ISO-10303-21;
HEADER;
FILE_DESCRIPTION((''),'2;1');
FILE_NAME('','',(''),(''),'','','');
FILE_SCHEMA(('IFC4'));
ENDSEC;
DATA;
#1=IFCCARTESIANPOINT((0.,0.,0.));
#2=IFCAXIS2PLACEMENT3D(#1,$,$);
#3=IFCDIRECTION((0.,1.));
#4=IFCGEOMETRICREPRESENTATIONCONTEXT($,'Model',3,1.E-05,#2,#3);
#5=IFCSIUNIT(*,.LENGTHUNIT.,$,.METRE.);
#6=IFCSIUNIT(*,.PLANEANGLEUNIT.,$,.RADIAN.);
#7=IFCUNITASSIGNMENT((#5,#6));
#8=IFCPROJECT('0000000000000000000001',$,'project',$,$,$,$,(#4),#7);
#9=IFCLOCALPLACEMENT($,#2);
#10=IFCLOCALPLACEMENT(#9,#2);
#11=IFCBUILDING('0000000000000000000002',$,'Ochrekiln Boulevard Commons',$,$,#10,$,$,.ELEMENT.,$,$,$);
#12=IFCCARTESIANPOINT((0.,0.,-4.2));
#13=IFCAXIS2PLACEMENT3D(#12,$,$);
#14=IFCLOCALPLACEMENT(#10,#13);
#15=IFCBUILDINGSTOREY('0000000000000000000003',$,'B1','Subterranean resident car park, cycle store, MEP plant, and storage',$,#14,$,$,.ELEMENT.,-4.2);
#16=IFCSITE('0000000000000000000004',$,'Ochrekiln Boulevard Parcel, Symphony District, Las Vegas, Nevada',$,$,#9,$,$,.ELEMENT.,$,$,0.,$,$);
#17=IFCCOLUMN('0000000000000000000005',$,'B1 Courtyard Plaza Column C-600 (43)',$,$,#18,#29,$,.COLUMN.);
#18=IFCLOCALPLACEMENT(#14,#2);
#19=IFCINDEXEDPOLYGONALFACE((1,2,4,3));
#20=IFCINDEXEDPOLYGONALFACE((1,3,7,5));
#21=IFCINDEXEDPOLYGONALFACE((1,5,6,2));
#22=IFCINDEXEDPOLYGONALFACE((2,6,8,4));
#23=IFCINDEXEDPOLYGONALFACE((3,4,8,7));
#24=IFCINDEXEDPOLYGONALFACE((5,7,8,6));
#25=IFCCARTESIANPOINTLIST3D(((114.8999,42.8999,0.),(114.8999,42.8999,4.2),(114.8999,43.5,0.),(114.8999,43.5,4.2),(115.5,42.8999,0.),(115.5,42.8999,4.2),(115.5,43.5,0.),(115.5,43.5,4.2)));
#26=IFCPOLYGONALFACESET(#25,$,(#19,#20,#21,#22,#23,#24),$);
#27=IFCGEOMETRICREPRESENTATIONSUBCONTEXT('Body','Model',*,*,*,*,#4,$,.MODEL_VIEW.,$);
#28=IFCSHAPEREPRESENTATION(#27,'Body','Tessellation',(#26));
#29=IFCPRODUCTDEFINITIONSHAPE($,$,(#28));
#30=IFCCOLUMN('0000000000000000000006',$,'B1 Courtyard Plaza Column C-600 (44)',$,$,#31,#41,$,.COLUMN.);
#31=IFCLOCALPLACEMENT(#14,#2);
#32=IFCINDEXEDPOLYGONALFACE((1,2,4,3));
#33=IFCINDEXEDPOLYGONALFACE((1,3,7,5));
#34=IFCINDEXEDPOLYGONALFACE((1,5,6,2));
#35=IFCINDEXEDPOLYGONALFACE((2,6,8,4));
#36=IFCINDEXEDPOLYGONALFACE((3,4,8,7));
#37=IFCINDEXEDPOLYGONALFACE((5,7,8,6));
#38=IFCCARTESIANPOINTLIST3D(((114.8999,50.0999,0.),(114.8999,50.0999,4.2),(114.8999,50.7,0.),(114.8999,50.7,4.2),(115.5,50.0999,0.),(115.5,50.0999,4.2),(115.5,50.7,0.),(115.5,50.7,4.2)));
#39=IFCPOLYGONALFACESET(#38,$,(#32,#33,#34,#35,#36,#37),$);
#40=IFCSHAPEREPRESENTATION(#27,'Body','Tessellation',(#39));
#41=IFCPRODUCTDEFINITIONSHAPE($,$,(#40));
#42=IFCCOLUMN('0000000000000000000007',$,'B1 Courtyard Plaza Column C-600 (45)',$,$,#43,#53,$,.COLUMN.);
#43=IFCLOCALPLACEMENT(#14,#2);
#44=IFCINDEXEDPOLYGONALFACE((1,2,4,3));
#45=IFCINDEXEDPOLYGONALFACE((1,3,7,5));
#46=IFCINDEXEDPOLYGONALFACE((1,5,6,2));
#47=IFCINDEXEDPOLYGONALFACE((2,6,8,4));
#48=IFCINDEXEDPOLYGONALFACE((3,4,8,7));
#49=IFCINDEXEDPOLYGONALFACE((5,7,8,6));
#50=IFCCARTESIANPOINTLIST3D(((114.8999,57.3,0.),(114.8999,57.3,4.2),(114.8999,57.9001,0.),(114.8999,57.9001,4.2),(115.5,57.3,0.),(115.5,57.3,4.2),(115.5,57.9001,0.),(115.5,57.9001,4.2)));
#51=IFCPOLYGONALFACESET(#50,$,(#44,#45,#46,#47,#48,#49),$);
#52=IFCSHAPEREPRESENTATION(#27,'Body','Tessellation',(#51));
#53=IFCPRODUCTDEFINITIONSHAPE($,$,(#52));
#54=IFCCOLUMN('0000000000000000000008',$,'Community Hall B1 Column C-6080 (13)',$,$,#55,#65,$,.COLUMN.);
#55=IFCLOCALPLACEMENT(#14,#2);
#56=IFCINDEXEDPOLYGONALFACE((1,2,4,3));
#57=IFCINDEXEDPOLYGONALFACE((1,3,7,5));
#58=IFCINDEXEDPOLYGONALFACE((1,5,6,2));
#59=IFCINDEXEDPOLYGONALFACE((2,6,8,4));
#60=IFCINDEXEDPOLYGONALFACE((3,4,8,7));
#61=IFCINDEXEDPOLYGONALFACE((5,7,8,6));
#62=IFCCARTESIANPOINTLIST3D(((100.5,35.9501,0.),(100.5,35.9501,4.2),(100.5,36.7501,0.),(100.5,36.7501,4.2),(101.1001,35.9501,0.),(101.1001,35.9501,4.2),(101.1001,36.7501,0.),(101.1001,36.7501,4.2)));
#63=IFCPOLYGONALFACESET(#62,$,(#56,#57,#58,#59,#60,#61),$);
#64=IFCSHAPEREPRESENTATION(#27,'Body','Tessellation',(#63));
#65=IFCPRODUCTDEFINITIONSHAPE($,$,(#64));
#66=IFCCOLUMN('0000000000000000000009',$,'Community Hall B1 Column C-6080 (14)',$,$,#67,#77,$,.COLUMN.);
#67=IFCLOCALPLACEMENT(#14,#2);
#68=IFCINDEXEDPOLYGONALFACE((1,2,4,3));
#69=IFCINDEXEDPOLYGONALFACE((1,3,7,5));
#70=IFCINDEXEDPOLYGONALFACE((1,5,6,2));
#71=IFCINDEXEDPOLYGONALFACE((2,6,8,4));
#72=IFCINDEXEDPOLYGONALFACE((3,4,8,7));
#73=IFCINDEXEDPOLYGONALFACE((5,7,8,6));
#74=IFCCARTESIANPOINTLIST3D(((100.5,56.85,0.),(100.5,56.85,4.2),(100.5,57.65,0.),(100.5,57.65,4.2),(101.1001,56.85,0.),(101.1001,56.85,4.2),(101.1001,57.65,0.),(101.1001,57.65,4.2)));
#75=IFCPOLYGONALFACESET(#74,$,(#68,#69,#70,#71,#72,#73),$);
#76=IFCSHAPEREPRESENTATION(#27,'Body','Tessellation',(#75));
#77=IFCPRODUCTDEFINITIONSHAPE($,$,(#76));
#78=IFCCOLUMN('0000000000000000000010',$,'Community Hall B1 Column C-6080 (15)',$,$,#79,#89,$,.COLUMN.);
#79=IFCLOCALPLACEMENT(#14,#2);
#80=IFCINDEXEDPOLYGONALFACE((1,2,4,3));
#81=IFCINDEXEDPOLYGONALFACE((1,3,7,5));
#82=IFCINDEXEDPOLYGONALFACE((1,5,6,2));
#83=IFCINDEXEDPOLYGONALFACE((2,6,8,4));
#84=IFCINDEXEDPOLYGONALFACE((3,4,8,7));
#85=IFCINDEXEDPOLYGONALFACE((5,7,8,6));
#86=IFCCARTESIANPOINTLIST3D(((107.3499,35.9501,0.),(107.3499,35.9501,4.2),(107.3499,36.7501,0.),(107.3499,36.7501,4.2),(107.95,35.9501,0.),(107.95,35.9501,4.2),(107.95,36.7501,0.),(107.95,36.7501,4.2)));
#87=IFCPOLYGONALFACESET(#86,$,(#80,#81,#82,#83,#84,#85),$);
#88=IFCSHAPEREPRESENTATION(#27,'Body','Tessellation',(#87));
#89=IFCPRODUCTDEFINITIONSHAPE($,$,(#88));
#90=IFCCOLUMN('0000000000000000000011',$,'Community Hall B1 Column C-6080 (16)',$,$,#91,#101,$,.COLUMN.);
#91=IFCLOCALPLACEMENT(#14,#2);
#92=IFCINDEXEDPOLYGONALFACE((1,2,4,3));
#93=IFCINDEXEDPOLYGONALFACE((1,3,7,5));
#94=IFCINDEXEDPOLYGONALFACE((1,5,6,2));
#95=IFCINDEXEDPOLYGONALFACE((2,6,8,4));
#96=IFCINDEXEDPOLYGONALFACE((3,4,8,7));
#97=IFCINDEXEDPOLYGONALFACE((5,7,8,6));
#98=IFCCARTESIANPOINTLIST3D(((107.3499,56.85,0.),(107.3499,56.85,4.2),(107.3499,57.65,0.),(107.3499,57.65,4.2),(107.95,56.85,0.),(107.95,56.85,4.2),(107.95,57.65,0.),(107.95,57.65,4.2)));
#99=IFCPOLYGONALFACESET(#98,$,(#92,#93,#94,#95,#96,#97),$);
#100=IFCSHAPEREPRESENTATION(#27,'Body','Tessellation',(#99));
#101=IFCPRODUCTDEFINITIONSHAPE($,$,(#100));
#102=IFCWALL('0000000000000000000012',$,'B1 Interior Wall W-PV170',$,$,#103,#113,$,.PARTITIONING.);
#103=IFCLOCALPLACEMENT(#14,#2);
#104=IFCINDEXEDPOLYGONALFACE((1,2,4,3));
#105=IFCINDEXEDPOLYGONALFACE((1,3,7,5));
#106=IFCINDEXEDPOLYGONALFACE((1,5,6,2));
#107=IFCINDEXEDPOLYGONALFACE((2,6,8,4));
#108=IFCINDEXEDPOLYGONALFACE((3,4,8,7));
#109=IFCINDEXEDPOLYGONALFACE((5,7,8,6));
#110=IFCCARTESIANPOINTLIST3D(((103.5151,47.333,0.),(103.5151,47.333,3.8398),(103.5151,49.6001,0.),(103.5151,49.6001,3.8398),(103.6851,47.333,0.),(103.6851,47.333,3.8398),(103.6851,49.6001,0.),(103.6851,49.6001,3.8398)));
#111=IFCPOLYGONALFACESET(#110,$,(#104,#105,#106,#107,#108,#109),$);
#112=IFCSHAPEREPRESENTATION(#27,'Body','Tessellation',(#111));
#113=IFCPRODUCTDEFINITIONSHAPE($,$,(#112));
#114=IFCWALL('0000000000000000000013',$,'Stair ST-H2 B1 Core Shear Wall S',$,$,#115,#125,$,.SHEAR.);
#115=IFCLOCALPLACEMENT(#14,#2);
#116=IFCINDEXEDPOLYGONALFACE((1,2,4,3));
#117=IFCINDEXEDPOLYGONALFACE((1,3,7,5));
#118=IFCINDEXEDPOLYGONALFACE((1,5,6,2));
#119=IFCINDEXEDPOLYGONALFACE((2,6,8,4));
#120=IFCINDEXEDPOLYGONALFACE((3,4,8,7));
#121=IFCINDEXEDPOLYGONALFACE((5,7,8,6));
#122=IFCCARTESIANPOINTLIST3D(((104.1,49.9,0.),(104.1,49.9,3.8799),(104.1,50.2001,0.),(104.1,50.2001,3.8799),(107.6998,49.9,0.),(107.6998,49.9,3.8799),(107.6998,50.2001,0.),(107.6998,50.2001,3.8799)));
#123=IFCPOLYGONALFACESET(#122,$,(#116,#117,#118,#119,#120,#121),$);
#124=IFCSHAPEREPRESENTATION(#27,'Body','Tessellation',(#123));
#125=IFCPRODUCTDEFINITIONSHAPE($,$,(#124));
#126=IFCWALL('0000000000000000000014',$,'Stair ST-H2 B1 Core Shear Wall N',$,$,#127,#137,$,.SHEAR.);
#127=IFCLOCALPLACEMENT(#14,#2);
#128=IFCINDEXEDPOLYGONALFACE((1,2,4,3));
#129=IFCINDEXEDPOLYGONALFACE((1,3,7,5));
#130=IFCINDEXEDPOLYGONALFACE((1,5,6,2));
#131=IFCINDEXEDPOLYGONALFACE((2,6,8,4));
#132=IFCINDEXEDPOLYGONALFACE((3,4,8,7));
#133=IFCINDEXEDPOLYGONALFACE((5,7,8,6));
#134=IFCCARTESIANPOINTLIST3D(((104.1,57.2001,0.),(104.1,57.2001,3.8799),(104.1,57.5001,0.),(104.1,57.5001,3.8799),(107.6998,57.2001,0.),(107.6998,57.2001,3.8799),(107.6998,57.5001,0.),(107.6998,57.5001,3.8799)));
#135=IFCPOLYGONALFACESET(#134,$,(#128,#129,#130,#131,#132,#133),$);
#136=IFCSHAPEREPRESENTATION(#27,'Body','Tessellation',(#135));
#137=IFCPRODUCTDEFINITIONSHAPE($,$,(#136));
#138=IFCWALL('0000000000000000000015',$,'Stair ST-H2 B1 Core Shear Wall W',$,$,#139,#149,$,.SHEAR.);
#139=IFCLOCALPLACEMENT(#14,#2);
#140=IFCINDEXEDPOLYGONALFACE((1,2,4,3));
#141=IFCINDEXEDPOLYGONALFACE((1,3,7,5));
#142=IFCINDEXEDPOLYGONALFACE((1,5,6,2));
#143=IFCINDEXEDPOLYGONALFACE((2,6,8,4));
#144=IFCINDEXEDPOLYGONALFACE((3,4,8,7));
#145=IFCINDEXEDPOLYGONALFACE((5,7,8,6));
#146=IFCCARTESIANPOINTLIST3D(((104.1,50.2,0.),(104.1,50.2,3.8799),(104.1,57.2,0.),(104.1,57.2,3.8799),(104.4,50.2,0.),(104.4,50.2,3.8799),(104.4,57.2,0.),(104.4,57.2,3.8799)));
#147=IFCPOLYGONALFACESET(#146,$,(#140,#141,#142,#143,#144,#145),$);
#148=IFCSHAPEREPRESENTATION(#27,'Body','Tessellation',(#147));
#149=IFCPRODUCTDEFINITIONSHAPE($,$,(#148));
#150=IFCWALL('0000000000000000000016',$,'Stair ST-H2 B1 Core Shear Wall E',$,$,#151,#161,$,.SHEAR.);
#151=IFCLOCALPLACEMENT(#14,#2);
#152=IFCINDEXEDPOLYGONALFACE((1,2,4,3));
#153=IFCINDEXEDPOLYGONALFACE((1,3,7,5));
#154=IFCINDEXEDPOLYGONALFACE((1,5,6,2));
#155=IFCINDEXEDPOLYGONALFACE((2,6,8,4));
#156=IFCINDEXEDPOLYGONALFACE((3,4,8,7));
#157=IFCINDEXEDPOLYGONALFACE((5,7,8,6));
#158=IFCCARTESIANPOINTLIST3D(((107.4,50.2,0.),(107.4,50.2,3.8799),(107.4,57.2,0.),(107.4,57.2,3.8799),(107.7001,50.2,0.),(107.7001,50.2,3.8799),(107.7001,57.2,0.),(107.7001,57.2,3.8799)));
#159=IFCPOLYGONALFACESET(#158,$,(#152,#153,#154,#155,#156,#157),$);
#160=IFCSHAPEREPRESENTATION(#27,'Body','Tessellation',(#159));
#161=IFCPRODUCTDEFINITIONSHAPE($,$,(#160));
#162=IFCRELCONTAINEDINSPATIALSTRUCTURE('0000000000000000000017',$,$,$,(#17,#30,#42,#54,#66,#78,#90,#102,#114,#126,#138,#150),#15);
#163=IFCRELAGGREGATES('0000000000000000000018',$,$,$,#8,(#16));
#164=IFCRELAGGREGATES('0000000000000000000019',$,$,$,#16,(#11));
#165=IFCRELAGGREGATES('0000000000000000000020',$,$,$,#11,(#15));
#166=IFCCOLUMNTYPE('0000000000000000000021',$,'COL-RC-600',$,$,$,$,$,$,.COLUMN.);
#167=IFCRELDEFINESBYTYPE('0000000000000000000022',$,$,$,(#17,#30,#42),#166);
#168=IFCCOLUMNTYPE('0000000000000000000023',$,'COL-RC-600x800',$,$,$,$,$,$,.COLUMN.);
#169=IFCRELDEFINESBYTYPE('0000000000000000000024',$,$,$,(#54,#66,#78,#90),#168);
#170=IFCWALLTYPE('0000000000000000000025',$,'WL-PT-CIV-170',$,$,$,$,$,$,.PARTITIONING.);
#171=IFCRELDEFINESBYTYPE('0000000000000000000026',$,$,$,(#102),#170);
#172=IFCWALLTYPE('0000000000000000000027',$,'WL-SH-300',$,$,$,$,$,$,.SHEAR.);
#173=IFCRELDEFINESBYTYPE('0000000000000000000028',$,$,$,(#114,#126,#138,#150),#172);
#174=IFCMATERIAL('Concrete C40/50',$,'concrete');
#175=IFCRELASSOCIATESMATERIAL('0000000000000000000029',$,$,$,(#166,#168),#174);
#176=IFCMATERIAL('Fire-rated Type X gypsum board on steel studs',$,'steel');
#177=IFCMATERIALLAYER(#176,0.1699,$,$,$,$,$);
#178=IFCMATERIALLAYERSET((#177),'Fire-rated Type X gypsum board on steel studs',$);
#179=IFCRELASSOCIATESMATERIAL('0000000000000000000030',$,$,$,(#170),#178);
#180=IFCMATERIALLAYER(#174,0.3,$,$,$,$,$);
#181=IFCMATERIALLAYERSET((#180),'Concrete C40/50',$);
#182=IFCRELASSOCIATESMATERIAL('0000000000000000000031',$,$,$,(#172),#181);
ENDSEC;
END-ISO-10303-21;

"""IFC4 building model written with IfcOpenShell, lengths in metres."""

from ifc_helpers import new_model, si_unit, direction, frame, frame_2d, origin, origin_2d, place, context, subcontext, project, spatial, rectangle, extrude, material, layer, layer_set, material_profile, profile_set, type_object, element, save


model = new_model("IFC4")

# Units and contexts
model_context = context("Model", 3, precision=1e-05, world=origin(), true_north=direction((0.0, 1.0)))
body_context = subcontext(model_context, "Body", "Model", "MODEL_VIEW")
ifc_project = project(units=[si_unit("LENGTHUNIT", "METRE"), si_unit("PLANEANGLEUNIT", "RADIAN")], contexts=[model_context])

# Site, building, storey
site_placement = place(None, origin())
site = spatial("IfcSite", under=ifc_project, at=site_placement, Name="Ochrekiln Boulevard Parcel, Symphony District, Las Vegas, Nevada", CompositionType="ELEMENT", RefElevation=0.0)
building_placement = place(site_placement, origin())
building = spatial("IfcBuilding", under=site, at=building_placement, Name="Ochrekiln Boulevard Commons", CompositionType="ELEMENT")
storey_placement = place(building_placement, frame((0.0, 0.0, -4.2)))
storey = spatial("IfcBuildingStorey", under=building, at=storey_placement, Name="B1", Description="Subterranean resident car park, cycle store, MEP plant, and storage", CompositionType="ELEMENT", Elevation=-4.2)

# Columns
ifc_material_1 = material(Name="Concrete C40/50", Category="concrete")
ifc_material_profile_1 = material_profile(ifc_material_1, rectangle(XDim=0.6001, YDim=0.6001, at=origin_2d()), Name="RC-COL-600x600")
ifc_profile_set_1 = profile_set([ifc_material_profile_1], Name="Concrete C40/50")
column_type_1 = type_object("IfcColumnType", Name="COL-RC-600", PredefinedType="COLUMN", material=ifc_profile_set_1)
for number, where, z_axis, x_axis, name in (
    (1, (115.2, 43.2, 0.0), (0.0, 0.0, 1.0), (1.0, 0.0, 0.0), "B1 Courtyard Plaza Column C-600 (43)"),
    (2, (115.2, 50.3999, 0.0), (0.0, 0.0, 1.0), (1.0, 0.0, 0.0), "B1 Courtyard Plaza Column C-600 (44)"),
    (3, (115.2, 57.6001, 0.0), (0.0, 0.0, 1.0), (1.0, 0.0, 0.0), "B1 Courtyard Plaza Column C-600 (45)"),
):
    element("IfcColumn", number, at=place(storey_placement, frame(where, z_axis=z_axis, x_axis=x_axis)), inside=storey, type_object=column_type_1, Name=name, PredefinedType="COLUMN", context=body_context, shape_type="SweptSolid", body=[
        extrude(rectangle(XDim=0.6001, YDim=0.6001, at=origin_2d()), origin(), (0.0, 0.0, 1.0), 4.2),
    ])
ifc_material_profile_2 = material_profile(ifc_material_1, rectangle(XDim=0.6001, YDim=0.8, at=origin_2d()), Name="RC-COL-600x800")
ifc_profile_set_2 = profile_set([ifc_material_profile_2], Name="Concrete C40/50")
column_type_2 = type_object("IfcColumnType", Name="COL-RC-600x800", PredefinedType="COLUMN", material=ifc_profile_set_2)
for number, where, z_axis, x_axis, name in (
    (4, (100.8, 36.3501, 0.0), (0.0, 0.0, 1.0), (1.0, 0.0, 0.0), "Community Hall B1 Column C-6080 (13)"),
    (5, (100.8, 57.25, 0.0), (0.0, 0.0, 1.0), (1.0, 0.0, 0.0), "Community Hall B1 Column C-6080 (14)"),
    (6, (107.6499, 36.3501, 0.0), (0.0, 0.0, 1.0), (1.0, 0.0, 0.0), "Community Hall B1 Column C-6080 (15)"),
    (7, (107.6499, 57.25, 0.0), (0.0, 0.0, 1.0), (1.0, 0.0, 0.0), "Community Hall B1 Column C-6080 (16)"),
):
    element("IfcColumn", number, at=place(storey_placement, frame(where, z_axis=z_axis, x_axis=x_axis)), inside=storey, type_object=column_type_2, Name=name, PredefinedType="COLUMN", context=body_context, shape_type="SweptSolid", body=[
        extrude(rectangle(XDim=0.6001, YDim=0.8, at=origin_2d()), origin(), (0.0, 0.0, 1.0), 4.2),
    ])

# Walls
ifc_material_2 = material(Name="Fire-rated Type X gypsum board on steel studs", Category="steel")
ifc_layer_1 = layer(ifc_material_2, 0.1699)
ifc_layer_set_1 = layer_set([ifc_layer_1], Name="Fire-rated Type X gypsum board on steel studs")
wall_type_1 = type_object("IfcWallType", Name="WL-PT-CIV-170", PredefinedType="PARTITIONING", material=ifc_layer_set_1)
wall_placement = place(storey_placement, frame((103.6001, 47.333, 0.0), z_axis=(0.0, 0.0, 1.0), x_axis=(0.0, 1.0, 0.0)))
element("IfcWall", 8, at=wall_placement, inside=storey, type_object=wall_type_1, Name="B1 Interior Wall W-PV170", PredefinedType="PARTITIONING", context=body_context, shape_type="SweptSolid", body=[
    extrude(rectangle(XDim=2.2671, YDim=0.1699, at=frame_2d((1.1335, 0.0))), origin(), (0.0, 0.0, 1.0), 3.8398),
])
ifc_layer_2 = layer(ifc_material_1, 0.3)
ifc_layer_set_2 = layer_set([ifc_layer_2], Name="Concrete C40/50")
wall_type_2 = type_object("IfcWallType", Name="WL-SH-300", PredefinedType="SHEAR", material=ifc_layer_set_2)
for number, where, z_axis, x_axis, name in (
    (9, (104.1001, 50.05, 0.0), (0.0, 0.0, 1.0), (1.0, 0.0, 0.0), "Stair ST-H2 B1 Core Shear Wall S"),
    (10, (104.1001, 57.3501, 0.0), (0.0, 0.0, 1.0), (1.0, 0.0, 0.0), "Stair ST-H2 B1 Core Shear Wall N"),
):
    element("IfcWall", number, at=place(storey_placement, frame(where, z_axis=z_axis, x_axis=x_axis)), inside=storey, type_object=wall_type_2, Name=name, PredefinedType="SHEAR", context=body_context, shape_type="SweptSolid", body=[
        extrude(rectangle(XDim=3.5999, YDim=0.3, at=frame_2d((1.7998, 0.0))), origin(), (0.0, 0.0, 1.0), 3.8799),
    ])
for number, where, z_axis, x_axis, name in (
    (11, (104.25, 50.2, 0.0), (0.0, 0.0, 1.0), (0.0, 1.0, 0.0), "Stair ST-H2 B1 Core Shear Wall W"),
    (12, (107.55, 50.2, 0.0), (0.0, 0.0, 1.0), (0.0, 1.0, 0.0), "Stair ST-H2 B1 Core Shear Wall E"),
):
    element("IfcWall", number, at=place(storey_placement, frame(where, z_axis=z_axis, x_axis=x_axis)), inside=storey, type_object=wall_type_2, Name=name, PredefinedType="SHEAR", context=body_context, shape_type="SweptSolid", body=[
        extrude(rectangle(XDim=7.0, YDim=0.3, at=frame_2d((3.5, 0.0))), origin(), (0.0, 0.0, 1.0), 3.8799),
    ])

save(model, "model.ifc")
